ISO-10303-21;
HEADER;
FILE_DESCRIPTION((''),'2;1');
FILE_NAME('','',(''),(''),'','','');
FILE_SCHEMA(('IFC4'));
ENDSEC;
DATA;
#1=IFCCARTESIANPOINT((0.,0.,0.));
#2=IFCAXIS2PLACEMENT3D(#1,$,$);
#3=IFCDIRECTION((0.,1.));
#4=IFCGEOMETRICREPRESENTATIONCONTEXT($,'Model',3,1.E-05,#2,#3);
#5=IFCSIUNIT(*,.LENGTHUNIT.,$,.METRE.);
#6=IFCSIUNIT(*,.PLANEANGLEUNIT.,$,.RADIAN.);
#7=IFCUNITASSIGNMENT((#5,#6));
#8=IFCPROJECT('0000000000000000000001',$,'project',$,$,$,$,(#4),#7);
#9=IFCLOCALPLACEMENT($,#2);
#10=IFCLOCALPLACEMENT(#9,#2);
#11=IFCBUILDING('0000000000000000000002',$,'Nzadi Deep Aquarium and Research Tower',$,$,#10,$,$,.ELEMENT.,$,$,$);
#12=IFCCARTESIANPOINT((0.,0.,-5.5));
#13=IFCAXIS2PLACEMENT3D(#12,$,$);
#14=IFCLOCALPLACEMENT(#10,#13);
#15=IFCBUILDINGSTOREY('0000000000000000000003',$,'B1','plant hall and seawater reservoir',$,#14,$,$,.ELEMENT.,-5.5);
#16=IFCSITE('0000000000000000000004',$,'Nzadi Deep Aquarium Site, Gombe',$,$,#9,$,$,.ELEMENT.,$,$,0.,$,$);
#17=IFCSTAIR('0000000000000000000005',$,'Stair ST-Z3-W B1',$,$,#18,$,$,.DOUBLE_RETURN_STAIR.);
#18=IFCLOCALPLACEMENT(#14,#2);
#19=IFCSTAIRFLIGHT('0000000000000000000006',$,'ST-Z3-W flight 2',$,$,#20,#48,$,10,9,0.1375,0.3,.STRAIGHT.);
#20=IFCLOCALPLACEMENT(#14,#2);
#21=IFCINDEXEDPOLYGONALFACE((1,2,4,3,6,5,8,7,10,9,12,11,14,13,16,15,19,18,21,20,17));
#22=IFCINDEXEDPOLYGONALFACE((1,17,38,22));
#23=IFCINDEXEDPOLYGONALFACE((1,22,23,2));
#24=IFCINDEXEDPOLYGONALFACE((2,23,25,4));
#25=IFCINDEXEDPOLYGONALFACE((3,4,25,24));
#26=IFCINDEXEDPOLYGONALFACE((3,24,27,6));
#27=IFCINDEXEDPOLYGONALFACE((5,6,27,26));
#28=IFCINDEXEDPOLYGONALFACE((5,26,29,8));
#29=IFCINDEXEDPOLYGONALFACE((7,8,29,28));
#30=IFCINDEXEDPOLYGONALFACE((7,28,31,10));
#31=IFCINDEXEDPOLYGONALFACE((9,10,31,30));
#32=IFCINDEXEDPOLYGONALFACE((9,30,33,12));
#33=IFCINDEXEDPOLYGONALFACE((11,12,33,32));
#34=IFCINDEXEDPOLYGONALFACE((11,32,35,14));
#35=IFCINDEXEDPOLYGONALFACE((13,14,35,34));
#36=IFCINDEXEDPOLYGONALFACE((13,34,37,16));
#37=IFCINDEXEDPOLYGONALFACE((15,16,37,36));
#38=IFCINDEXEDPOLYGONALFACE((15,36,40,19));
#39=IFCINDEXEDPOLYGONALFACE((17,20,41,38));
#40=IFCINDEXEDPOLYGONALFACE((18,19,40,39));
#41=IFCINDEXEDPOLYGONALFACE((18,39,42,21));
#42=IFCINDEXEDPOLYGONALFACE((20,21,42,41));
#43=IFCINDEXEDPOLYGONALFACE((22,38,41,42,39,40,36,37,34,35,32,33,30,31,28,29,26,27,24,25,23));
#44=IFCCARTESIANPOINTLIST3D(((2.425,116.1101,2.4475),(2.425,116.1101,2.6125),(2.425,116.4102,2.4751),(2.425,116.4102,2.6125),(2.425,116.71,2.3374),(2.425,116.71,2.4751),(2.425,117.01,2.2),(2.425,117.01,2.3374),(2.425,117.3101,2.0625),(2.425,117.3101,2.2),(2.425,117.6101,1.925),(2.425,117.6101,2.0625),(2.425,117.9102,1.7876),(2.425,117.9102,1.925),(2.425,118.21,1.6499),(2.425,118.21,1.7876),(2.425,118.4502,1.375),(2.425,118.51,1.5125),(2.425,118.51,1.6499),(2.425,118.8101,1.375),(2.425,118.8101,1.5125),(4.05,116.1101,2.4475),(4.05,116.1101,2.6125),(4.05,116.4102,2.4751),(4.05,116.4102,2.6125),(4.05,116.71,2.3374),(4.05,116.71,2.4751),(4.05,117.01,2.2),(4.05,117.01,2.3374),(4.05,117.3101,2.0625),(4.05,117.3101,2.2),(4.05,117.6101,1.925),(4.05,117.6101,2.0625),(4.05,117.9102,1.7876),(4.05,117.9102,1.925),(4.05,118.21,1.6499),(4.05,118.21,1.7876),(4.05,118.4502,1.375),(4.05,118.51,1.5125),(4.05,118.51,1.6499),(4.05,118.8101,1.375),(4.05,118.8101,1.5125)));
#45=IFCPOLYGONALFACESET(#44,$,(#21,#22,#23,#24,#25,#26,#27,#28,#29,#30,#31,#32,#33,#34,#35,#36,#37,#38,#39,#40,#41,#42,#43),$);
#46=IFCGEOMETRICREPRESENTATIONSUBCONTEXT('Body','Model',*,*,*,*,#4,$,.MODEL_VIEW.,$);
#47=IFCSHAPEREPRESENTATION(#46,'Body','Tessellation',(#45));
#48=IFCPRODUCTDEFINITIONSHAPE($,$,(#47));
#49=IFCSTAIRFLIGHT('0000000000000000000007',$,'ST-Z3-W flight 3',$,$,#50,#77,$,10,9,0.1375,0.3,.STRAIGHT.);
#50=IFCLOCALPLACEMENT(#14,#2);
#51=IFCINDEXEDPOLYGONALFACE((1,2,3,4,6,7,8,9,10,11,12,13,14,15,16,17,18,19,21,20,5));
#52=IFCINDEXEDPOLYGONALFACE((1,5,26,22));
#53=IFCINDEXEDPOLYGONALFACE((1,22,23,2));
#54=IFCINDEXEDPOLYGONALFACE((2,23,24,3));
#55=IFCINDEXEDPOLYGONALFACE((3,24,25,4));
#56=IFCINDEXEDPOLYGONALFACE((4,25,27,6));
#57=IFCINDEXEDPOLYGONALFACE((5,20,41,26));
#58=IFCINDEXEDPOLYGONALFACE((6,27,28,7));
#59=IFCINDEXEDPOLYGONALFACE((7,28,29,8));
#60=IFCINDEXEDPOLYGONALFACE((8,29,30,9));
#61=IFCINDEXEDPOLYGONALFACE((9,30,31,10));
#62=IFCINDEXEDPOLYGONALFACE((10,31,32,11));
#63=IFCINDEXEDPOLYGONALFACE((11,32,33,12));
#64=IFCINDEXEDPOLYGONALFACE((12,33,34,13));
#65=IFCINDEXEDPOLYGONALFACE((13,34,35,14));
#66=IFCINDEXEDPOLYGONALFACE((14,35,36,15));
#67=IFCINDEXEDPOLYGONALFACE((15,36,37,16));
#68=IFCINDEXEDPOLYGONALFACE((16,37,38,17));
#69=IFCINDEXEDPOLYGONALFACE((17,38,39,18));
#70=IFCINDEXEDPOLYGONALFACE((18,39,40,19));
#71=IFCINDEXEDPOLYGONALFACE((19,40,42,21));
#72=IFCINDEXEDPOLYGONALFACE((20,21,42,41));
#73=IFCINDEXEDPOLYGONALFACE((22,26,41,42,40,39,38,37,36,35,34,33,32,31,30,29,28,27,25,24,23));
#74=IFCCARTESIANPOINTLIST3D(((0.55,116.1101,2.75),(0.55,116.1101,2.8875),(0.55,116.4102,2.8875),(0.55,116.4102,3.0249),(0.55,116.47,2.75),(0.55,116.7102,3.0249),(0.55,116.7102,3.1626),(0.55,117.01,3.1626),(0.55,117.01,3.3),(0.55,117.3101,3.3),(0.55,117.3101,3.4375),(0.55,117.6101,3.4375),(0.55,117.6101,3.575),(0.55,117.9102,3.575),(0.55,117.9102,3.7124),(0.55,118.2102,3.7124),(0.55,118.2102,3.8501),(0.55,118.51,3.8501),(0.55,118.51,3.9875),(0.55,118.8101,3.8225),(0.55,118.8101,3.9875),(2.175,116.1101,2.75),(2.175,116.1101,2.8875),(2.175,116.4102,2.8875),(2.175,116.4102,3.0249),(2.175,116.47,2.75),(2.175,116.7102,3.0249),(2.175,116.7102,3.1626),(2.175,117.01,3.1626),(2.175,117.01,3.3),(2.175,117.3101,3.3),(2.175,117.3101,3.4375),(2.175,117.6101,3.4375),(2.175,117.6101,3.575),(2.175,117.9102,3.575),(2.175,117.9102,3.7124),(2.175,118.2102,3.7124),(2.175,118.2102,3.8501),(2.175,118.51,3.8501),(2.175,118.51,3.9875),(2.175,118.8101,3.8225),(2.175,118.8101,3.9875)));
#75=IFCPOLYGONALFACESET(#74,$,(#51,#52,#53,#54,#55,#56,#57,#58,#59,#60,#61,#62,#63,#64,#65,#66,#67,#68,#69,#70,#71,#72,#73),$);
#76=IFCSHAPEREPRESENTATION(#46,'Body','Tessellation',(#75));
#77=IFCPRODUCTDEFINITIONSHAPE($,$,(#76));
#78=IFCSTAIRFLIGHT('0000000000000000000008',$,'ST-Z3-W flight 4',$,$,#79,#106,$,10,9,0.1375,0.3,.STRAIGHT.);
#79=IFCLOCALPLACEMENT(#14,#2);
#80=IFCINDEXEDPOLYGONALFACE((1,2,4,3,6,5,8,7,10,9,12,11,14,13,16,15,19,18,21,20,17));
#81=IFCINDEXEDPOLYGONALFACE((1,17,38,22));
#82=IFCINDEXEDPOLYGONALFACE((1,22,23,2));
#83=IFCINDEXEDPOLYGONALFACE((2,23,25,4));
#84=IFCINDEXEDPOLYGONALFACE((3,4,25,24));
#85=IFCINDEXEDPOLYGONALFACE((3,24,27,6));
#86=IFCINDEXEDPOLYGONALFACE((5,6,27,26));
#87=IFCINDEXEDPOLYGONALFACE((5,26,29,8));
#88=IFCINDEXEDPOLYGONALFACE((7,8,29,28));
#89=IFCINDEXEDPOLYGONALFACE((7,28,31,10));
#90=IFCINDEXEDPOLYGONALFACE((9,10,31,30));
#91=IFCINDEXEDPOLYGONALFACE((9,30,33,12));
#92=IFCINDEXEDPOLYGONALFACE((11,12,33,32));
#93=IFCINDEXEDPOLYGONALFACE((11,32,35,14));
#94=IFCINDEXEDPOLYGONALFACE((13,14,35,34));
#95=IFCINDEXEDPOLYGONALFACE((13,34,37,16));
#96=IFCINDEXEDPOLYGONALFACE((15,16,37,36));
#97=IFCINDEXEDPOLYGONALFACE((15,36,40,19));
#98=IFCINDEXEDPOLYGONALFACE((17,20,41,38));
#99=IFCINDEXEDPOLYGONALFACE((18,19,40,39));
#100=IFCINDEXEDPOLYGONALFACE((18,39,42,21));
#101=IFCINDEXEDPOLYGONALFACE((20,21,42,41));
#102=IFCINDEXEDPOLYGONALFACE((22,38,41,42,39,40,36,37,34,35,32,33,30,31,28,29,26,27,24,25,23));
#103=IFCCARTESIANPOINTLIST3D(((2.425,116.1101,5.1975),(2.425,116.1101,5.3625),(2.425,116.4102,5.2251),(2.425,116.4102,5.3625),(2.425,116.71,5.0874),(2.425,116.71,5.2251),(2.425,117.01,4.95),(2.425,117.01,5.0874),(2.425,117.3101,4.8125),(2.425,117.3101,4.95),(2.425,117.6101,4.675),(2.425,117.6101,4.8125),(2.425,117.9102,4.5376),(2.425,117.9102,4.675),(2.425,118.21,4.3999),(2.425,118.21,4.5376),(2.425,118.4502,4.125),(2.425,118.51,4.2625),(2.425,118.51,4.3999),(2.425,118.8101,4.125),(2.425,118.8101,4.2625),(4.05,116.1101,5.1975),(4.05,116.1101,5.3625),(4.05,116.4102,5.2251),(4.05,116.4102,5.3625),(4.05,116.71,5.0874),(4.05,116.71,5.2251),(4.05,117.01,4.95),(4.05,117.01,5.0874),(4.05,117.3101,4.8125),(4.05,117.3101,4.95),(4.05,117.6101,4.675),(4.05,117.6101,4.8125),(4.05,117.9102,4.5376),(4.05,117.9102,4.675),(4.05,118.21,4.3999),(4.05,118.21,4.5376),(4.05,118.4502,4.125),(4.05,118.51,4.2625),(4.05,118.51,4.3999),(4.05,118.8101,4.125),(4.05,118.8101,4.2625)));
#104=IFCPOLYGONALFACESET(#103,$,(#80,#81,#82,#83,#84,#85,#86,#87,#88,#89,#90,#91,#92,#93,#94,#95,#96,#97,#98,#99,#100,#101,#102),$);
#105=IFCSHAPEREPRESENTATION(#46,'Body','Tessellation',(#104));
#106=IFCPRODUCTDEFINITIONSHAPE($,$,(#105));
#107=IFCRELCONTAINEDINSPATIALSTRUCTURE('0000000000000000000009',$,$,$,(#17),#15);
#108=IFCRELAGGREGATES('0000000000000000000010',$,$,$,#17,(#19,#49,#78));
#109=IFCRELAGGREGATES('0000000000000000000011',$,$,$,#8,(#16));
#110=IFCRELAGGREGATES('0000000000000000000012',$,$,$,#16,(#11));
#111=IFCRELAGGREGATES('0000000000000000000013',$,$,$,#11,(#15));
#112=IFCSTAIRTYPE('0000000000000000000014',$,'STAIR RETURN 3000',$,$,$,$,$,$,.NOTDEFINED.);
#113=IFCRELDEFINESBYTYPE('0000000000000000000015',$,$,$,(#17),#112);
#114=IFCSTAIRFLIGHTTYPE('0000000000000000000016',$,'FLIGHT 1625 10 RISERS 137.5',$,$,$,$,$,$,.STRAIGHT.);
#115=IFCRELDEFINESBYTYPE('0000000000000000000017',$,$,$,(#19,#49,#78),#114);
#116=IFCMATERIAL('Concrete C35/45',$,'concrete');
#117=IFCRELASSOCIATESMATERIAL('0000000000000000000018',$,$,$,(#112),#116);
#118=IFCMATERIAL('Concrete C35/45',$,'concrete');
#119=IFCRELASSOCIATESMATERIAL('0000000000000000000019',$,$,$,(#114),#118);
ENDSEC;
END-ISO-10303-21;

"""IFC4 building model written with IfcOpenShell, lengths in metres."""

from ifc_helpers import new_model, si_unit, direction, frame, origin, place, context, subcontext, project, spatial, polyline, outline, extrude, material, type_object, element, aggregate, save


model = new_model("IFC4")

# Units and contexts
model_context = context("Model", 3, precision=1e-05, world=origin(), true_north=direction((0.0, 1.0)))
body_context = subcontext(model_context, "Body", "Model", "MODEL_VIEW")
ifc_project = project(units=[si_unit("LENGTHUNIT", "METRE"), si_unit("PLANEANGLEUNIT", "RADIAN")], contexts=[model_context])

# Site, building, storey
site_placement = place(None, origin())
site = spatial("IfcSite", under=ifc_project, at=site_placement, Name="Nzadi Deep Aquarium Site, Gombe", CompositionType="ELEMENT", RefElevation=0.0)
building_placement = place(site_placement, origin())
building = spatial("IfcBuilding", under=site, at=building_placement, Name="Nzadi Deep Aquarium and Research Tower", CompositionType="ELEMENT")
storey_placement = place(building_placement, frame((0.0, 0.0, -5.5)))
storey = spatial("IfcBuildingStorey", under=building, at=storey_placement, Name="B1", Description="plant hall and seawater reservoir", CompositionType="ELEMENT", Elevation=-5.5)

# Stair, stair flights
ifc_material_1 = material(Name="Concrete C35/45", Category="concrete")
stair_type = type_object("IfcStairType", Name="STAIR RETURN 3000", PredefinedType="NOTDEFINED", material=ifc_material_1)
stair_placement = place(storey_placement, origin())
stair = element("IfcStair", 1, at=stair_placement, inside=storey, type_object=stair_type, Name="Stair ST-Z3-W B1", PredefinedType="DOUBLE_RETURN_STAIR")
ifc_material_2 = material(Name="Concrete C35/45", Category="concrete")
stair_flight_type = type_object("IfcStairFlightType", Name="FLIGHT 1625 10 RISERS 137.5", PredefinedType="STRAIGHT", material=ifc_material_2)
stair_flight_1_placement = place(storey_placement, frame((3.2375, 118.8101, 1.375), z_axis=(0.0, 0.0, 1.0), x_axis=(0.0, -1.0, 0.0)))
stair_flight_1 = element("IfcStairFlight", 2, at=stair_flight_1_placement, type_object=stair_flight_type, Name="ST-Z3-W flight 2", NumberOfRisers=10, NumberOfTreads=9, PredefinedType="STRAIGHT", RiserHeight=0.1375, TreadLength=0.3, context=body_context, shape_type="SweptSolid", body=[
    extrude(outline(polyline([(0.0, 0.0), (0.0, 0.1375), (0.3, 0.1375), (0.3, 0.2749), (0.6001, 0.2749), (0.6001, 0.4126), (0.8999, 0.4126), (0.8999, 0.55), (1.2, 0.55), (1.2, 0.6875), (1.5, 0.6875), (1.5, 0.825), (1.8, 0.825), (1.8, 0.9624), (2.1001, 0.9624), (2.1001, 1.1001), (2.3999, 1.1001), (2.3999, 1.2375), (2.7, 1.2375), (2.7, 1.375), (2.7, 1.0725), (0.3599, 0.0), (0.0, 0.0)])), frame((0.0, 0.8125, 0.0), z_axis=(0.0, -1.0, 0.0), x_axis=(1.0, 0.0, 0.0)), (0.0, 0.0, 1.0), 1.625),
])
stair_flight_2_placement = place(storey_placement, frame((1.3625, 116.1101, 2.75), z_axis=(0.0, 0.0, 1.0), x_axis=(0.0, 1.0, 0.0)))
stair_flight_2 = element("IfcStairFlight", 3, at=stair_flight_2_placement, type_object=stair_flight_type, Name="ST-Z3-W flight 3", NumberOfRisers=10, NumberOfTreads=9, PredefinedType="STRAIGHT", RiserHeight=0.1375, TreadLength=0.3, context=body_context, shape_type="SweptSolid", body=[
    extrude(outline(polyline([(0.0, 0.0), (0.0, 0.1375), (0.3, 0.1375), (0.3, 0.2749), (0.6001, 0.2749), (0.6001, 0.4126), (0.8999, 0.4126), (0.8999, 0.55), (1.2, 0.55), (1.2, 0.6875), (1.5, 0.6875), (1.5, 0.825), (1.8, 0.825), (1.8, 0.9624), (2.1001, 0.9624), (2.1001, 1.1001), (2.3999, 1.1001), (2.3999, 1.2375), (2.7, 1.2375), (2.7, 1.375), (2.7, 1.0725), (0.3599, 0.0), (0.0, 0.0)])), frame((0.0, 0.8125, 0.0), z_axis=(0.0, -1.0, 0.0), x_axis=(1.0, 0.0, 0.0)), (0.0, 0.0, 1.0), 1.625),
])
stair_flight_3_placement = place(storey_placement, frame((3.2375, 118.8101, 4.125), z_axis=(0.0, 0.0, 1.0), x_axis=(0.0, -1.0, 0.0)))
stair_flight_3 = element("IfcStairFlight", 4, at=stair_flight_3_placement, type_object=stair_flight_type, Name="ST-Z3-W flight 4", NumberOfRisers=10, NumberOfTreads=9, PredefinedType="STRAIGHT", RiserHeight=0.1375, TreadLength=0.3, context=body_context, shape_type="SweptSolid", body=[
    extrude(outline(polyline([(0.0, 0.0), (0.0, 0.1375), (0.3, 0.1375), (0.3, 0.2749), (0.6001, 0.2749), (0.6001, 0.4126), (0.8999, 0.4126), (0.8999, 0.55), (1.2, 0.55), (1.2, 0.6875), (1.5, 0.6875), (1.5, 0.825), (1.8, 0.825), (1.8, 0.9624), (2.1001, 0.9624), (2.1001, 1.1001), (2.3999, 1.1001), (2.3999, 1.2375), (2.7, 1.2375), (2.7, 1.375), (2.7, 1.0725), (0.3599, 0.0), (0.0, 0.0)])), frame((0.0, 0.8125, 0.0), z_axis=(0.0, -1.0, 0.0), x_axis=(1.0, 0.0, 0.0)), (0.0, 0.0, 1.0), 1.625),
])
aggregate(stair, [stair_flight_1, stair_flight_2, stair_flight_3])

save(model, "model.ifc")
